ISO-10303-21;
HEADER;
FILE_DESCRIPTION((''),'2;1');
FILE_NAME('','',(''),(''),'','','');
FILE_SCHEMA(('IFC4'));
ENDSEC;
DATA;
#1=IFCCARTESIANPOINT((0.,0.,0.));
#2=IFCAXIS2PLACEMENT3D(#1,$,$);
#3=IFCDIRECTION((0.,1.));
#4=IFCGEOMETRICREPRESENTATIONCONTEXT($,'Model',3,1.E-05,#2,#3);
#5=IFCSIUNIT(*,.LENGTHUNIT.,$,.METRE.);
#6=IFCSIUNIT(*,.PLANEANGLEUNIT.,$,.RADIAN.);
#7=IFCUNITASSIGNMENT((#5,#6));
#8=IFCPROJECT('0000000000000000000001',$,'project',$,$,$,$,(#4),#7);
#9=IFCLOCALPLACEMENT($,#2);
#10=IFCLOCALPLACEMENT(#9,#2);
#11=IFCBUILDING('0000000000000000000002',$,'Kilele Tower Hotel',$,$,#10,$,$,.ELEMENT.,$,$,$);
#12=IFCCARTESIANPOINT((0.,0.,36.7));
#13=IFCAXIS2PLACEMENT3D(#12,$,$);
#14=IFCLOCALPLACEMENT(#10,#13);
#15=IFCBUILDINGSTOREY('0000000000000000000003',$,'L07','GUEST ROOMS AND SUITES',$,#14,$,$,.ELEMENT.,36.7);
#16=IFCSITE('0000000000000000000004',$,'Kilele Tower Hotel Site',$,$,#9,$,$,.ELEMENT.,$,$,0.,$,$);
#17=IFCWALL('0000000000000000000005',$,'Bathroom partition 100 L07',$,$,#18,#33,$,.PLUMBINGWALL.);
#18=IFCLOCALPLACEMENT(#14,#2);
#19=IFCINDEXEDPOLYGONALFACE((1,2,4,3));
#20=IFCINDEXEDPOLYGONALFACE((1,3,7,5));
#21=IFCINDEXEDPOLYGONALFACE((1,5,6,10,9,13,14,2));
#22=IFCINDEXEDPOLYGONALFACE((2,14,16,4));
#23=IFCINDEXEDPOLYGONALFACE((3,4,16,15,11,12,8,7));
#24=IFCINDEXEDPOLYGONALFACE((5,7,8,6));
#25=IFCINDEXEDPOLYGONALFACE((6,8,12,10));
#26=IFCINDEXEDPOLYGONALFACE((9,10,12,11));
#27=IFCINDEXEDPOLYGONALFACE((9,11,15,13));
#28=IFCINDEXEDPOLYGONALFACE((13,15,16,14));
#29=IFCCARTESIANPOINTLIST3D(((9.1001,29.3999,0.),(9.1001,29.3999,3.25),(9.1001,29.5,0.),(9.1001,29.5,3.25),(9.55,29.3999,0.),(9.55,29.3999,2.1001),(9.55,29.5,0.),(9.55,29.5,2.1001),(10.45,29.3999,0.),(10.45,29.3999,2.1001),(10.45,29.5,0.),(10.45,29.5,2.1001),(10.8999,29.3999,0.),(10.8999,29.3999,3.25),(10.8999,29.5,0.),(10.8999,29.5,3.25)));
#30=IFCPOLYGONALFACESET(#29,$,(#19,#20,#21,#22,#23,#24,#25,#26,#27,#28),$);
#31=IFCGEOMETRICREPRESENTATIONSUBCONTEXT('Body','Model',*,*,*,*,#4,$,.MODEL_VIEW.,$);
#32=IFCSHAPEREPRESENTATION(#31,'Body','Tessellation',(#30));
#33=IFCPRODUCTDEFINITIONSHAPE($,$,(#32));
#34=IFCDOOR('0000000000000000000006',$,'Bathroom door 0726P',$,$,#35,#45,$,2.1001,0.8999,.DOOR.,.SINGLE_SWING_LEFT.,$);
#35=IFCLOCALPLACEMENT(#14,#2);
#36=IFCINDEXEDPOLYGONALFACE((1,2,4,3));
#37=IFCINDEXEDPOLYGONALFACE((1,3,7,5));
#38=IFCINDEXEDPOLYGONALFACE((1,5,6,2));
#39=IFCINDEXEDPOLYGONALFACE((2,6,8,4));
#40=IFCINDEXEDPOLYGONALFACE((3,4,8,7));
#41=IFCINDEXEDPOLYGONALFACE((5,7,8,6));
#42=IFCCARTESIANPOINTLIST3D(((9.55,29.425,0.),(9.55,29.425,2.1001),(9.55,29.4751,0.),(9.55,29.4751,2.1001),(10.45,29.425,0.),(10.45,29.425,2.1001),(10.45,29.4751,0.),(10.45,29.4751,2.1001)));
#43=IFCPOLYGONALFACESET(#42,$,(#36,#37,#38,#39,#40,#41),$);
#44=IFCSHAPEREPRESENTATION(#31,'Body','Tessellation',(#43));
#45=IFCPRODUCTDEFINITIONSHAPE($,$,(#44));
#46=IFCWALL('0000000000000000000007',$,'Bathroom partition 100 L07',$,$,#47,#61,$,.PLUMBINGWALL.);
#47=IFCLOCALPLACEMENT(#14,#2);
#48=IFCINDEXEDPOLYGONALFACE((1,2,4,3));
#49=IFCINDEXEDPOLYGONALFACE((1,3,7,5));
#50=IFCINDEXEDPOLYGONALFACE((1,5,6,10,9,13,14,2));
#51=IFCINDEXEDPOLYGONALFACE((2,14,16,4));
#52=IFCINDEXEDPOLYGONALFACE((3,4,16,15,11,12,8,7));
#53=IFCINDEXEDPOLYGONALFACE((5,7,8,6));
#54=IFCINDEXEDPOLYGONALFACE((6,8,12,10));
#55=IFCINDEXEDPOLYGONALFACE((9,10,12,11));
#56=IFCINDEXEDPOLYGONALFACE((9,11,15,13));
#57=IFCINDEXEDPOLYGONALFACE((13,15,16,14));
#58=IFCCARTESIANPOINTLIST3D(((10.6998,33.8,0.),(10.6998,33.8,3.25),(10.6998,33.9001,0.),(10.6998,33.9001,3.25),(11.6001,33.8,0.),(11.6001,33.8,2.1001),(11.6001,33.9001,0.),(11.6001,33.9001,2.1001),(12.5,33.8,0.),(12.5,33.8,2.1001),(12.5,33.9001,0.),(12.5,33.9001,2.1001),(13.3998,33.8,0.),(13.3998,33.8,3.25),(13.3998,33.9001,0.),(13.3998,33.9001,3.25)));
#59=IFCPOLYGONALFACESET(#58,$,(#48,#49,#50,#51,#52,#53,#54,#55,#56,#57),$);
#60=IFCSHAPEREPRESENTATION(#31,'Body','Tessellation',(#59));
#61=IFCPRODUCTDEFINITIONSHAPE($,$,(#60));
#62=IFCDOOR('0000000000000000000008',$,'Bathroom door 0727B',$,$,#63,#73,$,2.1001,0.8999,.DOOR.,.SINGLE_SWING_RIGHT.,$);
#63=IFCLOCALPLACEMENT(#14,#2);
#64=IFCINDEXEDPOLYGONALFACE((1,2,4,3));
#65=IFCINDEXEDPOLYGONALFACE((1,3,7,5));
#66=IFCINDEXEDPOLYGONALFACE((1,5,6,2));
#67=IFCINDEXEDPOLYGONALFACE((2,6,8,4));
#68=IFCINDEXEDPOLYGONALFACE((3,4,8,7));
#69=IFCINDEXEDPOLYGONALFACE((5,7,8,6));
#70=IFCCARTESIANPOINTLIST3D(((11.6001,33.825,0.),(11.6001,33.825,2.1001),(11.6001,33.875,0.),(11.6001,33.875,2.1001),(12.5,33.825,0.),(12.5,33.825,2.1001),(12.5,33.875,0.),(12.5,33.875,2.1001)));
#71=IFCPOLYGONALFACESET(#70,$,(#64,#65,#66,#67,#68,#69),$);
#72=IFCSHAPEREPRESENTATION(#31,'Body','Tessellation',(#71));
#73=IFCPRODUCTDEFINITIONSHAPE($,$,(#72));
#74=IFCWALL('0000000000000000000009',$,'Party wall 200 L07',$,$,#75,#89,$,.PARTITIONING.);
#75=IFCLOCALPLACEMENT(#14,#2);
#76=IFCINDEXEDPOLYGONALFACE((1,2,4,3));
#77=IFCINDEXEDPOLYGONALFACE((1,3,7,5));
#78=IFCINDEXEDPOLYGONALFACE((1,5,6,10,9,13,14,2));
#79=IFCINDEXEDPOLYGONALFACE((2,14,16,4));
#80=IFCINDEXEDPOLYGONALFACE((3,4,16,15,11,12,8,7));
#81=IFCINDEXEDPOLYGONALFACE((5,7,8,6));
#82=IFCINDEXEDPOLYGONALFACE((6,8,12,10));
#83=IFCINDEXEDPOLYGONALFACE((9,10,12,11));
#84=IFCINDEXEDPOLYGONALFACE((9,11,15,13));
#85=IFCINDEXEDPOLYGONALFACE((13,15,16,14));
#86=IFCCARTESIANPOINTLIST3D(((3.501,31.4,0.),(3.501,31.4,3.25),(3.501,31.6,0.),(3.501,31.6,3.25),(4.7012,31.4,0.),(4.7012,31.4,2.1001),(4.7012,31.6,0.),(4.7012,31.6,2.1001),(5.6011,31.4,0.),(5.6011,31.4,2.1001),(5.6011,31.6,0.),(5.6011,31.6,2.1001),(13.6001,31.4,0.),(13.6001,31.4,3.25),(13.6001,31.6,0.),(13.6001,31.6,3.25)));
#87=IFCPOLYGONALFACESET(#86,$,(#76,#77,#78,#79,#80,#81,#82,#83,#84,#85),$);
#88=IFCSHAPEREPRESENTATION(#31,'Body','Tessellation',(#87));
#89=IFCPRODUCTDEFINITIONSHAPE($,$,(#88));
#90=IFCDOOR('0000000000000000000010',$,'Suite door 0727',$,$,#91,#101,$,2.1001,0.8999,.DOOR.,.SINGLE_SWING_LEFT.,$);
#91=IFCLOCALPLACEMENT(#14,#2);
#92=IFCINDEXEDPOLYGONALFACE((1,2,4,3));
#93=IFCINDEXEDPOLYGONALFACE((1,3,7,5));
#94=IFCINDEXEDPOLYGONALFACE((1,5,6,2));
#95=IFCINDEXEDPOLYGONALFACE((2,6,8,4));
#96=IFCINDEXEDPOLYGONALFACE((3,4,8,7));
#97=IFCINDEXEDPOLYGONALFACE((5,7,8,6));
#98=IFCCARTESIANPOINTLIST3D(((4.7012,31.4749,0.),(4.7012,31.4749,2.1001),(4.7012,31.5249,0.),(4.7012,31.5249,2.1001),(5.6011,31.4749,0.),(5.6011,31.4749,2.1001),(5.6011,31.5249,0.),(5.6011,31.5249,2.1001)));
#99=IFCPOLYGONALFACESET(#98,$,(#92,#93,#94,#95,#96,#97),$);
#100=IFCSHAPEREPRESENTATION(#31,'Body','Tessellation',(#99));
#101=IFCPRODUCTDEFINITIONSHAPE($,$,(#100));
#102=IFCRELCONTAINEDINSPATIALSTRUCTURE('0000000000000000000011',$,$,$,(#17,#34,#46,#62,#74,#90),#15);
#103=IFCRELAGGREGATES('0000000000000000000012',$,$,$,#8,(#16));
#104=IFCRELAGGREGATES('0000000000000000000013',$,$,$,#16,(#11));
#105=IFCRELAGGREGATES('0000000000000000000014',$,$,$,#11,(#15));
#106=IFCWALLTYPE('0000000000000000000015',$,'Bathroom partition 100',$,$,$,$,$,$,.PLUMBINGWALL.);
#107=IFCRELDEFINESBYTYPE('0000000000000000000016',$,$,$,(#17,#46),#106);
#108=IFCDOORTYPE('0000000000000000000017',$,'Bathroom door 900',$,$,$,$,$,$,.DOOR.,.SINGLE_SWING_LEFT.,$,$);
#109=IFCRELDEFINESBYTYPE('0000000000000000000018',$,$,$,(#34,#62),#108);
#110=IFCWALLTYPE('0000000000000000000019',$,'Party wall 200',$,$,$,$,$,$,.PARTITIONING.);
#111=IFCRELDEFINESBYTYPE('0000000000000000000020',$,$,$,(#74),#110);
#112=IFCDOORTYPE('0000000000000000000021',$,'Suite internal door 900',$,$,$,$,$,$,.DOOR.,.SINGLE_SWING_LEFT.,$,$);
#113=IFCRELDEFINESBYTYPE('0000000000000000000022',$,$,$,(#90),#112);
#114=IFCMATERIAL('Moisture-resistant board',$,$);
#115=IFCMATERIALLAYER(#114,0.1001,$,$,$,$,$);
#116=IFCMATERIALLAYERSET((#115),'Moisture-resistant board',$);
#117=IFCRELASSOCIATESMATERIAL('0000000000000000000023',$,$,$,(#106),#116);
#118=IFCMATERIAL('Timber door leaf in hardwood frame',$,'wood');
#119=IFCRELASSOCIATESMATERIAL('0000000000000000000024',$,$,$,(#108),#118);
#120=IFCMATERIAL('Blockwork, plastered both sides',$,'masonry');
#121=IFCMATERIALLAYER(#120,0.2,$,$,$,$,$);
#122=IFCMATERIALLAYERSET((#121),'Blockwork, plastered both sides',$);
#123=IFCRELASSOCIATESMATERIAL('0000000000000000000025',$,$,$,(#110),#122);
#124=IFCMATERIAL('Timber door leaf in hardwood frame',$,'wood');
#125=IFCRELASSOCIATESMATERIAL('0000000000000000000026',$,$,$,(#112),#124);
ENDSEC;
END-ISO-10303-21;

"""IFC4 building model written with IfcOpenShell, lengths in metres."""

from ifc_helpers import new_model, si_unit, direction, frame, frame_2d, origin, place, context, subcontext, project, spatial, rectangle, extrude, material, layer, layer_set, type_object, element, fill, save


model = new_model("IFC4")

# Units and contexts
model_context = context("Model", 3, precision=1e-05, world=origin(), true_north=direction((0.0, 1.0)))
body_context = subcontext(model_context, "Body", "Model", "MODEL_VIEW")
ifc_project = project(units=[si_unit("LENGTHUNIT", "METRE"), si_unit("PLANEANGLEUNIT", "RADIAN")], contexts=[model_context])

# Site, building, storey
site_placement = place(None, origin())
site = spatial("IfcSite", under=ifc_project, at=site_placement, Name="Kilele Tower Hotel Site", CompositionType="ELEMENT", RefElevation=0.0)
building_placement = place(site_placement, origin())
building = spatial("IfcBuilding", under=site, at=building_placement, Name="Kilele Tower Hotel", CompositionType="ELEMENT")
storey_placement = place(building_placement, frame((0.0, 0.0, 36.7)))
storey = spatial("IfcBuildingStorey", under=building, at=storey_placement, Name="L07", Description="GUEST ROOMS AND SUITES", CompositionType="ELEMENT", Elevation=36.7)

# Shared definitions
ifc_material_1 = material(Name="Moisture-resistant board")
ifc_layer_1 = layer(ifc_material_1, 0.1001)
ifc_layer_set_1 = layer_set([ifc_layer_1], Name="Moisture-resistant board")
wall_type_1 = type_object("IfcWallType", Name="Bathroom partition 100", PredefinedType="PLUMBINGWALL", material=ifc_layer_set_1)

# Shared definitions
ifc_material_2 = material(Name="Timber door leaf in hardwood frame", Category="wood")
door_type_1 = type_object("IfcDoorType", Name="Bathroom door 900", OperationType="SINGLE_SWING_LEFT", PredefinedType="DOOR", material=ifc_material_2)

# Walls, openings, doors
wall_1_placement = place(storey_placement, frame((10.8999, 29.45, 0.0), z_axis=(0.0, 0.0, 1.0), x_axis=(-1.0, 0.0, 0.0)))
wall_1 = element("IfcWall", 1, at=wall_1_placement, inside=storey, type_object=wall_type_1, Name="Bathroom partition 100 L07", PredefinedType="PLUMBINGWALL", context=body_context, shape_type="SweptSolid", body=[
    extrude(rectangle(XDim=1.7998, YDim=0.1001, at=frame_2d((0.8999, 0.0))), origin(), (0.0, 0.0, 1.0), 3.25),
])
opening_1_placement = place(wall_1_placement, frame((0.45, 0.0, 0.0)))
opening_1 = element("IfcOpeningElement", 2, at=opening_1_placement, cuts=wall_1, PredefinedType="OPENING", context=body_context, shape_type="SweptSolid", body=[
    extrude(rectangle(XDim=0.8999, YDim=2.1001, at=frame_2d((0.45, 1.05))), frame((0.0, 0.0601, 0.0), z_axis=(0.0, -1.0, 0.0), x_axis=(1.0, 0.0, 0.0)), (0.0, 0.0, 1.0), 0.1201),
])
door_1_placement = place(opening_1_placement, origin())
door_1 = element("IfcDoor", 3, at=door_1_placement, inside=storey, type_object=door_type_1, Name="Bathroom door 0726P", OperationType="SINGLE_SWING_LEFT", OverallHeight=2.1001, OverallWidth=0.8999, PredefinedType="DOOR", context=body_context, shape_type="SweptSolid", body=[
    extrude(rectangle(XDim=0.8999, YDim=2.1001, at=frame_2d((0.45, 1.05))), frame((0.0, 0.0249, 0.0), z_axis=(0.0, -1.0, 0.0), x_axis=(1.0, 0.0, 0.0)), (0.0, 0.0, 1.0), 0.05),
])
fill(opening_1, door_1)
wall_2_placement = place(storey_placement, frame((13.3999, 33.8501, 0.0), z_axis=(0.0, 0.0, 1.0), x_axis=(-1.0, 0.0, 0.0)))
wall_2 = element("IfcWall", 4, at=wall_2_placement, inside=storey, type_object=wall_type_1, Name="Bathroom partition 100 L07", PredefinedType="PLUMBINGWALL", context=body_context, shape_type="SweptSolid", body=[
    extrude(rectangle(XDim=2.7, YDim=0.1001, at=frame_2d((1.3501, 0.0))), origin(), (0.0, 0.0, 1.0), 3.25),
])
opening_2_placement = place(wall_2_placement, frame((1.7998, 0.0, 0.0), z_axis=(0.0, 0.0, 1.0), x_axis=(-1.0, 0.0, 0.0)))
opening_2 = element("IfcOpeningElement", 5, at=opening_2_placement, cuts=wall_2, PredefinedType="OPENING", context=body_context, shape_type="SweptSolid", body=[
    extrude(rectangle(XDim=0.8999, YDim=2.1001, at=frame_2d((0.45, 1.05))), frame((0.0, 0.0601, 0.0), z_axis=(0.0, -1.0, 0.0), x_axis=(1.0, 0.0, 0.0)), (0.0, 0.0, 1.0), 0.1201),
])
door_2_placement = place(opening_2_placement, origin())
door_2 = element("IfcDoor", 6, at=door_2_placement, inside=storey, type_object=door_type_1, Name="Bathroom door 0727B", OperationType="SINGLE_SWING_RIGHT", OverallHeight=2.1001, OverallWidth=0.8999, PredefinedType="DOOR", context=body_context, shape_type="SweptSolid", body=[
    extrude(rectangle(XDim=0.8999, YDim=2.1001, at=frame_2d((0.45, 1.05))), frame((0.0, 0.0249, 0.0), z_axis=(0.0, -1.0, 0.0), x_axis=(1.0, 0.0, 0.0)), (0.0, 0.0, 1.0), 0.05),
])
fill(opening_2, door_2)
ifc_material_3 = material(Name="Blockwork, plastered both sides", Category="masonry")
ifc_layer_2 = layer(ifc_material_3, 0.2)
ifc_layer_set_2 = layer_set([ifc_layer_2], Name="Blockwork, plastered both sides")
wall_type_2 = type_object("IfcWallType", Name="Party wall 200", PredefinedType="PARTITIONING", material=ifc_layer_set_2)
wall_3_placement = place(storey_placement, frame((13.6001, 31.5, 0.0), z_axis=(0.0, 0.0, 1.0), x_axis=(-1.0, 0.0, 0.0)))
wall_3 = element("IfcWall", 7, at=wall_3_placement, inside=storey, type_object=wall_type_2, Name="Party wall 200 L07", PredefinedType="PARTITIONING", context=body_context, shape_type="SweptSolid", body=[
    extrude(rectangle(XDim=10.0991, YDim=0.2, at=frame_2d((5.0496, 0.0))), origin(), (0.0, 0.0, 1.0), 3.25),
])
opening_3_placement = place(wall_3_placement, frame((8.8989, 0.0, 0.0), z_axis=(0.0, 0.0, 1.0), x_axis=(-1.0, 0.0, 0.0)))
opening_3 = element("IfcOpeningElement", 8, at=opening_3_placement, cuts=wall_3, PredefinedType="OPENING", context=body_context, shape_type="SweptSolid", body=[
    extrude(rectangle(XDim=0.8999, YDim=2.1001, at=frame_2d((0.45, 1.05))), frame((0.0, 0.1099, 0.0), z_axis=(0.0, -1.0, 0.0), x_axis=(1.0, 0.0, 0.0)), (0.0, 0.0, 1.0), 0.22),
])
ifc_material_4 = material(Name="Timber door leaf in hardwood frame", Category="wood")
door_type_2 = type_object("IfcDoorType", Name="Suite internal door 900", OperationType="SINGLE_SWING_LEFT", PredefinedType="DOOR", material=ifc_material_4)
door_3_placement = place(opening_3_placement, origin())
door_3 = element("IfcDoor", 9, at=door_3_placement, inside=storey, type_object=door_type_2, Name="Suite door 0727", OperationType="SINGLE_SWING_LEFT", OverallHeight=2.1001, OverallWidth=0.8999, PredefinedType="DOOR", context=body_context, shape_type="SweptSolid", body=[
    extrude(rectangle(XDim=0.8999, YDim=2.1001, at=frame_2d((0.45, 1.05))), frame((0.0, 0.0249, 0.0), z_axis=(0.0, -1.0, 0.0), x_axis=(1.0, 0.0, 0.0)), (0.0, 0.0, 1.0), 0.05),
])
fill(opening_3, door_3)

save(model, "model.ifc")
